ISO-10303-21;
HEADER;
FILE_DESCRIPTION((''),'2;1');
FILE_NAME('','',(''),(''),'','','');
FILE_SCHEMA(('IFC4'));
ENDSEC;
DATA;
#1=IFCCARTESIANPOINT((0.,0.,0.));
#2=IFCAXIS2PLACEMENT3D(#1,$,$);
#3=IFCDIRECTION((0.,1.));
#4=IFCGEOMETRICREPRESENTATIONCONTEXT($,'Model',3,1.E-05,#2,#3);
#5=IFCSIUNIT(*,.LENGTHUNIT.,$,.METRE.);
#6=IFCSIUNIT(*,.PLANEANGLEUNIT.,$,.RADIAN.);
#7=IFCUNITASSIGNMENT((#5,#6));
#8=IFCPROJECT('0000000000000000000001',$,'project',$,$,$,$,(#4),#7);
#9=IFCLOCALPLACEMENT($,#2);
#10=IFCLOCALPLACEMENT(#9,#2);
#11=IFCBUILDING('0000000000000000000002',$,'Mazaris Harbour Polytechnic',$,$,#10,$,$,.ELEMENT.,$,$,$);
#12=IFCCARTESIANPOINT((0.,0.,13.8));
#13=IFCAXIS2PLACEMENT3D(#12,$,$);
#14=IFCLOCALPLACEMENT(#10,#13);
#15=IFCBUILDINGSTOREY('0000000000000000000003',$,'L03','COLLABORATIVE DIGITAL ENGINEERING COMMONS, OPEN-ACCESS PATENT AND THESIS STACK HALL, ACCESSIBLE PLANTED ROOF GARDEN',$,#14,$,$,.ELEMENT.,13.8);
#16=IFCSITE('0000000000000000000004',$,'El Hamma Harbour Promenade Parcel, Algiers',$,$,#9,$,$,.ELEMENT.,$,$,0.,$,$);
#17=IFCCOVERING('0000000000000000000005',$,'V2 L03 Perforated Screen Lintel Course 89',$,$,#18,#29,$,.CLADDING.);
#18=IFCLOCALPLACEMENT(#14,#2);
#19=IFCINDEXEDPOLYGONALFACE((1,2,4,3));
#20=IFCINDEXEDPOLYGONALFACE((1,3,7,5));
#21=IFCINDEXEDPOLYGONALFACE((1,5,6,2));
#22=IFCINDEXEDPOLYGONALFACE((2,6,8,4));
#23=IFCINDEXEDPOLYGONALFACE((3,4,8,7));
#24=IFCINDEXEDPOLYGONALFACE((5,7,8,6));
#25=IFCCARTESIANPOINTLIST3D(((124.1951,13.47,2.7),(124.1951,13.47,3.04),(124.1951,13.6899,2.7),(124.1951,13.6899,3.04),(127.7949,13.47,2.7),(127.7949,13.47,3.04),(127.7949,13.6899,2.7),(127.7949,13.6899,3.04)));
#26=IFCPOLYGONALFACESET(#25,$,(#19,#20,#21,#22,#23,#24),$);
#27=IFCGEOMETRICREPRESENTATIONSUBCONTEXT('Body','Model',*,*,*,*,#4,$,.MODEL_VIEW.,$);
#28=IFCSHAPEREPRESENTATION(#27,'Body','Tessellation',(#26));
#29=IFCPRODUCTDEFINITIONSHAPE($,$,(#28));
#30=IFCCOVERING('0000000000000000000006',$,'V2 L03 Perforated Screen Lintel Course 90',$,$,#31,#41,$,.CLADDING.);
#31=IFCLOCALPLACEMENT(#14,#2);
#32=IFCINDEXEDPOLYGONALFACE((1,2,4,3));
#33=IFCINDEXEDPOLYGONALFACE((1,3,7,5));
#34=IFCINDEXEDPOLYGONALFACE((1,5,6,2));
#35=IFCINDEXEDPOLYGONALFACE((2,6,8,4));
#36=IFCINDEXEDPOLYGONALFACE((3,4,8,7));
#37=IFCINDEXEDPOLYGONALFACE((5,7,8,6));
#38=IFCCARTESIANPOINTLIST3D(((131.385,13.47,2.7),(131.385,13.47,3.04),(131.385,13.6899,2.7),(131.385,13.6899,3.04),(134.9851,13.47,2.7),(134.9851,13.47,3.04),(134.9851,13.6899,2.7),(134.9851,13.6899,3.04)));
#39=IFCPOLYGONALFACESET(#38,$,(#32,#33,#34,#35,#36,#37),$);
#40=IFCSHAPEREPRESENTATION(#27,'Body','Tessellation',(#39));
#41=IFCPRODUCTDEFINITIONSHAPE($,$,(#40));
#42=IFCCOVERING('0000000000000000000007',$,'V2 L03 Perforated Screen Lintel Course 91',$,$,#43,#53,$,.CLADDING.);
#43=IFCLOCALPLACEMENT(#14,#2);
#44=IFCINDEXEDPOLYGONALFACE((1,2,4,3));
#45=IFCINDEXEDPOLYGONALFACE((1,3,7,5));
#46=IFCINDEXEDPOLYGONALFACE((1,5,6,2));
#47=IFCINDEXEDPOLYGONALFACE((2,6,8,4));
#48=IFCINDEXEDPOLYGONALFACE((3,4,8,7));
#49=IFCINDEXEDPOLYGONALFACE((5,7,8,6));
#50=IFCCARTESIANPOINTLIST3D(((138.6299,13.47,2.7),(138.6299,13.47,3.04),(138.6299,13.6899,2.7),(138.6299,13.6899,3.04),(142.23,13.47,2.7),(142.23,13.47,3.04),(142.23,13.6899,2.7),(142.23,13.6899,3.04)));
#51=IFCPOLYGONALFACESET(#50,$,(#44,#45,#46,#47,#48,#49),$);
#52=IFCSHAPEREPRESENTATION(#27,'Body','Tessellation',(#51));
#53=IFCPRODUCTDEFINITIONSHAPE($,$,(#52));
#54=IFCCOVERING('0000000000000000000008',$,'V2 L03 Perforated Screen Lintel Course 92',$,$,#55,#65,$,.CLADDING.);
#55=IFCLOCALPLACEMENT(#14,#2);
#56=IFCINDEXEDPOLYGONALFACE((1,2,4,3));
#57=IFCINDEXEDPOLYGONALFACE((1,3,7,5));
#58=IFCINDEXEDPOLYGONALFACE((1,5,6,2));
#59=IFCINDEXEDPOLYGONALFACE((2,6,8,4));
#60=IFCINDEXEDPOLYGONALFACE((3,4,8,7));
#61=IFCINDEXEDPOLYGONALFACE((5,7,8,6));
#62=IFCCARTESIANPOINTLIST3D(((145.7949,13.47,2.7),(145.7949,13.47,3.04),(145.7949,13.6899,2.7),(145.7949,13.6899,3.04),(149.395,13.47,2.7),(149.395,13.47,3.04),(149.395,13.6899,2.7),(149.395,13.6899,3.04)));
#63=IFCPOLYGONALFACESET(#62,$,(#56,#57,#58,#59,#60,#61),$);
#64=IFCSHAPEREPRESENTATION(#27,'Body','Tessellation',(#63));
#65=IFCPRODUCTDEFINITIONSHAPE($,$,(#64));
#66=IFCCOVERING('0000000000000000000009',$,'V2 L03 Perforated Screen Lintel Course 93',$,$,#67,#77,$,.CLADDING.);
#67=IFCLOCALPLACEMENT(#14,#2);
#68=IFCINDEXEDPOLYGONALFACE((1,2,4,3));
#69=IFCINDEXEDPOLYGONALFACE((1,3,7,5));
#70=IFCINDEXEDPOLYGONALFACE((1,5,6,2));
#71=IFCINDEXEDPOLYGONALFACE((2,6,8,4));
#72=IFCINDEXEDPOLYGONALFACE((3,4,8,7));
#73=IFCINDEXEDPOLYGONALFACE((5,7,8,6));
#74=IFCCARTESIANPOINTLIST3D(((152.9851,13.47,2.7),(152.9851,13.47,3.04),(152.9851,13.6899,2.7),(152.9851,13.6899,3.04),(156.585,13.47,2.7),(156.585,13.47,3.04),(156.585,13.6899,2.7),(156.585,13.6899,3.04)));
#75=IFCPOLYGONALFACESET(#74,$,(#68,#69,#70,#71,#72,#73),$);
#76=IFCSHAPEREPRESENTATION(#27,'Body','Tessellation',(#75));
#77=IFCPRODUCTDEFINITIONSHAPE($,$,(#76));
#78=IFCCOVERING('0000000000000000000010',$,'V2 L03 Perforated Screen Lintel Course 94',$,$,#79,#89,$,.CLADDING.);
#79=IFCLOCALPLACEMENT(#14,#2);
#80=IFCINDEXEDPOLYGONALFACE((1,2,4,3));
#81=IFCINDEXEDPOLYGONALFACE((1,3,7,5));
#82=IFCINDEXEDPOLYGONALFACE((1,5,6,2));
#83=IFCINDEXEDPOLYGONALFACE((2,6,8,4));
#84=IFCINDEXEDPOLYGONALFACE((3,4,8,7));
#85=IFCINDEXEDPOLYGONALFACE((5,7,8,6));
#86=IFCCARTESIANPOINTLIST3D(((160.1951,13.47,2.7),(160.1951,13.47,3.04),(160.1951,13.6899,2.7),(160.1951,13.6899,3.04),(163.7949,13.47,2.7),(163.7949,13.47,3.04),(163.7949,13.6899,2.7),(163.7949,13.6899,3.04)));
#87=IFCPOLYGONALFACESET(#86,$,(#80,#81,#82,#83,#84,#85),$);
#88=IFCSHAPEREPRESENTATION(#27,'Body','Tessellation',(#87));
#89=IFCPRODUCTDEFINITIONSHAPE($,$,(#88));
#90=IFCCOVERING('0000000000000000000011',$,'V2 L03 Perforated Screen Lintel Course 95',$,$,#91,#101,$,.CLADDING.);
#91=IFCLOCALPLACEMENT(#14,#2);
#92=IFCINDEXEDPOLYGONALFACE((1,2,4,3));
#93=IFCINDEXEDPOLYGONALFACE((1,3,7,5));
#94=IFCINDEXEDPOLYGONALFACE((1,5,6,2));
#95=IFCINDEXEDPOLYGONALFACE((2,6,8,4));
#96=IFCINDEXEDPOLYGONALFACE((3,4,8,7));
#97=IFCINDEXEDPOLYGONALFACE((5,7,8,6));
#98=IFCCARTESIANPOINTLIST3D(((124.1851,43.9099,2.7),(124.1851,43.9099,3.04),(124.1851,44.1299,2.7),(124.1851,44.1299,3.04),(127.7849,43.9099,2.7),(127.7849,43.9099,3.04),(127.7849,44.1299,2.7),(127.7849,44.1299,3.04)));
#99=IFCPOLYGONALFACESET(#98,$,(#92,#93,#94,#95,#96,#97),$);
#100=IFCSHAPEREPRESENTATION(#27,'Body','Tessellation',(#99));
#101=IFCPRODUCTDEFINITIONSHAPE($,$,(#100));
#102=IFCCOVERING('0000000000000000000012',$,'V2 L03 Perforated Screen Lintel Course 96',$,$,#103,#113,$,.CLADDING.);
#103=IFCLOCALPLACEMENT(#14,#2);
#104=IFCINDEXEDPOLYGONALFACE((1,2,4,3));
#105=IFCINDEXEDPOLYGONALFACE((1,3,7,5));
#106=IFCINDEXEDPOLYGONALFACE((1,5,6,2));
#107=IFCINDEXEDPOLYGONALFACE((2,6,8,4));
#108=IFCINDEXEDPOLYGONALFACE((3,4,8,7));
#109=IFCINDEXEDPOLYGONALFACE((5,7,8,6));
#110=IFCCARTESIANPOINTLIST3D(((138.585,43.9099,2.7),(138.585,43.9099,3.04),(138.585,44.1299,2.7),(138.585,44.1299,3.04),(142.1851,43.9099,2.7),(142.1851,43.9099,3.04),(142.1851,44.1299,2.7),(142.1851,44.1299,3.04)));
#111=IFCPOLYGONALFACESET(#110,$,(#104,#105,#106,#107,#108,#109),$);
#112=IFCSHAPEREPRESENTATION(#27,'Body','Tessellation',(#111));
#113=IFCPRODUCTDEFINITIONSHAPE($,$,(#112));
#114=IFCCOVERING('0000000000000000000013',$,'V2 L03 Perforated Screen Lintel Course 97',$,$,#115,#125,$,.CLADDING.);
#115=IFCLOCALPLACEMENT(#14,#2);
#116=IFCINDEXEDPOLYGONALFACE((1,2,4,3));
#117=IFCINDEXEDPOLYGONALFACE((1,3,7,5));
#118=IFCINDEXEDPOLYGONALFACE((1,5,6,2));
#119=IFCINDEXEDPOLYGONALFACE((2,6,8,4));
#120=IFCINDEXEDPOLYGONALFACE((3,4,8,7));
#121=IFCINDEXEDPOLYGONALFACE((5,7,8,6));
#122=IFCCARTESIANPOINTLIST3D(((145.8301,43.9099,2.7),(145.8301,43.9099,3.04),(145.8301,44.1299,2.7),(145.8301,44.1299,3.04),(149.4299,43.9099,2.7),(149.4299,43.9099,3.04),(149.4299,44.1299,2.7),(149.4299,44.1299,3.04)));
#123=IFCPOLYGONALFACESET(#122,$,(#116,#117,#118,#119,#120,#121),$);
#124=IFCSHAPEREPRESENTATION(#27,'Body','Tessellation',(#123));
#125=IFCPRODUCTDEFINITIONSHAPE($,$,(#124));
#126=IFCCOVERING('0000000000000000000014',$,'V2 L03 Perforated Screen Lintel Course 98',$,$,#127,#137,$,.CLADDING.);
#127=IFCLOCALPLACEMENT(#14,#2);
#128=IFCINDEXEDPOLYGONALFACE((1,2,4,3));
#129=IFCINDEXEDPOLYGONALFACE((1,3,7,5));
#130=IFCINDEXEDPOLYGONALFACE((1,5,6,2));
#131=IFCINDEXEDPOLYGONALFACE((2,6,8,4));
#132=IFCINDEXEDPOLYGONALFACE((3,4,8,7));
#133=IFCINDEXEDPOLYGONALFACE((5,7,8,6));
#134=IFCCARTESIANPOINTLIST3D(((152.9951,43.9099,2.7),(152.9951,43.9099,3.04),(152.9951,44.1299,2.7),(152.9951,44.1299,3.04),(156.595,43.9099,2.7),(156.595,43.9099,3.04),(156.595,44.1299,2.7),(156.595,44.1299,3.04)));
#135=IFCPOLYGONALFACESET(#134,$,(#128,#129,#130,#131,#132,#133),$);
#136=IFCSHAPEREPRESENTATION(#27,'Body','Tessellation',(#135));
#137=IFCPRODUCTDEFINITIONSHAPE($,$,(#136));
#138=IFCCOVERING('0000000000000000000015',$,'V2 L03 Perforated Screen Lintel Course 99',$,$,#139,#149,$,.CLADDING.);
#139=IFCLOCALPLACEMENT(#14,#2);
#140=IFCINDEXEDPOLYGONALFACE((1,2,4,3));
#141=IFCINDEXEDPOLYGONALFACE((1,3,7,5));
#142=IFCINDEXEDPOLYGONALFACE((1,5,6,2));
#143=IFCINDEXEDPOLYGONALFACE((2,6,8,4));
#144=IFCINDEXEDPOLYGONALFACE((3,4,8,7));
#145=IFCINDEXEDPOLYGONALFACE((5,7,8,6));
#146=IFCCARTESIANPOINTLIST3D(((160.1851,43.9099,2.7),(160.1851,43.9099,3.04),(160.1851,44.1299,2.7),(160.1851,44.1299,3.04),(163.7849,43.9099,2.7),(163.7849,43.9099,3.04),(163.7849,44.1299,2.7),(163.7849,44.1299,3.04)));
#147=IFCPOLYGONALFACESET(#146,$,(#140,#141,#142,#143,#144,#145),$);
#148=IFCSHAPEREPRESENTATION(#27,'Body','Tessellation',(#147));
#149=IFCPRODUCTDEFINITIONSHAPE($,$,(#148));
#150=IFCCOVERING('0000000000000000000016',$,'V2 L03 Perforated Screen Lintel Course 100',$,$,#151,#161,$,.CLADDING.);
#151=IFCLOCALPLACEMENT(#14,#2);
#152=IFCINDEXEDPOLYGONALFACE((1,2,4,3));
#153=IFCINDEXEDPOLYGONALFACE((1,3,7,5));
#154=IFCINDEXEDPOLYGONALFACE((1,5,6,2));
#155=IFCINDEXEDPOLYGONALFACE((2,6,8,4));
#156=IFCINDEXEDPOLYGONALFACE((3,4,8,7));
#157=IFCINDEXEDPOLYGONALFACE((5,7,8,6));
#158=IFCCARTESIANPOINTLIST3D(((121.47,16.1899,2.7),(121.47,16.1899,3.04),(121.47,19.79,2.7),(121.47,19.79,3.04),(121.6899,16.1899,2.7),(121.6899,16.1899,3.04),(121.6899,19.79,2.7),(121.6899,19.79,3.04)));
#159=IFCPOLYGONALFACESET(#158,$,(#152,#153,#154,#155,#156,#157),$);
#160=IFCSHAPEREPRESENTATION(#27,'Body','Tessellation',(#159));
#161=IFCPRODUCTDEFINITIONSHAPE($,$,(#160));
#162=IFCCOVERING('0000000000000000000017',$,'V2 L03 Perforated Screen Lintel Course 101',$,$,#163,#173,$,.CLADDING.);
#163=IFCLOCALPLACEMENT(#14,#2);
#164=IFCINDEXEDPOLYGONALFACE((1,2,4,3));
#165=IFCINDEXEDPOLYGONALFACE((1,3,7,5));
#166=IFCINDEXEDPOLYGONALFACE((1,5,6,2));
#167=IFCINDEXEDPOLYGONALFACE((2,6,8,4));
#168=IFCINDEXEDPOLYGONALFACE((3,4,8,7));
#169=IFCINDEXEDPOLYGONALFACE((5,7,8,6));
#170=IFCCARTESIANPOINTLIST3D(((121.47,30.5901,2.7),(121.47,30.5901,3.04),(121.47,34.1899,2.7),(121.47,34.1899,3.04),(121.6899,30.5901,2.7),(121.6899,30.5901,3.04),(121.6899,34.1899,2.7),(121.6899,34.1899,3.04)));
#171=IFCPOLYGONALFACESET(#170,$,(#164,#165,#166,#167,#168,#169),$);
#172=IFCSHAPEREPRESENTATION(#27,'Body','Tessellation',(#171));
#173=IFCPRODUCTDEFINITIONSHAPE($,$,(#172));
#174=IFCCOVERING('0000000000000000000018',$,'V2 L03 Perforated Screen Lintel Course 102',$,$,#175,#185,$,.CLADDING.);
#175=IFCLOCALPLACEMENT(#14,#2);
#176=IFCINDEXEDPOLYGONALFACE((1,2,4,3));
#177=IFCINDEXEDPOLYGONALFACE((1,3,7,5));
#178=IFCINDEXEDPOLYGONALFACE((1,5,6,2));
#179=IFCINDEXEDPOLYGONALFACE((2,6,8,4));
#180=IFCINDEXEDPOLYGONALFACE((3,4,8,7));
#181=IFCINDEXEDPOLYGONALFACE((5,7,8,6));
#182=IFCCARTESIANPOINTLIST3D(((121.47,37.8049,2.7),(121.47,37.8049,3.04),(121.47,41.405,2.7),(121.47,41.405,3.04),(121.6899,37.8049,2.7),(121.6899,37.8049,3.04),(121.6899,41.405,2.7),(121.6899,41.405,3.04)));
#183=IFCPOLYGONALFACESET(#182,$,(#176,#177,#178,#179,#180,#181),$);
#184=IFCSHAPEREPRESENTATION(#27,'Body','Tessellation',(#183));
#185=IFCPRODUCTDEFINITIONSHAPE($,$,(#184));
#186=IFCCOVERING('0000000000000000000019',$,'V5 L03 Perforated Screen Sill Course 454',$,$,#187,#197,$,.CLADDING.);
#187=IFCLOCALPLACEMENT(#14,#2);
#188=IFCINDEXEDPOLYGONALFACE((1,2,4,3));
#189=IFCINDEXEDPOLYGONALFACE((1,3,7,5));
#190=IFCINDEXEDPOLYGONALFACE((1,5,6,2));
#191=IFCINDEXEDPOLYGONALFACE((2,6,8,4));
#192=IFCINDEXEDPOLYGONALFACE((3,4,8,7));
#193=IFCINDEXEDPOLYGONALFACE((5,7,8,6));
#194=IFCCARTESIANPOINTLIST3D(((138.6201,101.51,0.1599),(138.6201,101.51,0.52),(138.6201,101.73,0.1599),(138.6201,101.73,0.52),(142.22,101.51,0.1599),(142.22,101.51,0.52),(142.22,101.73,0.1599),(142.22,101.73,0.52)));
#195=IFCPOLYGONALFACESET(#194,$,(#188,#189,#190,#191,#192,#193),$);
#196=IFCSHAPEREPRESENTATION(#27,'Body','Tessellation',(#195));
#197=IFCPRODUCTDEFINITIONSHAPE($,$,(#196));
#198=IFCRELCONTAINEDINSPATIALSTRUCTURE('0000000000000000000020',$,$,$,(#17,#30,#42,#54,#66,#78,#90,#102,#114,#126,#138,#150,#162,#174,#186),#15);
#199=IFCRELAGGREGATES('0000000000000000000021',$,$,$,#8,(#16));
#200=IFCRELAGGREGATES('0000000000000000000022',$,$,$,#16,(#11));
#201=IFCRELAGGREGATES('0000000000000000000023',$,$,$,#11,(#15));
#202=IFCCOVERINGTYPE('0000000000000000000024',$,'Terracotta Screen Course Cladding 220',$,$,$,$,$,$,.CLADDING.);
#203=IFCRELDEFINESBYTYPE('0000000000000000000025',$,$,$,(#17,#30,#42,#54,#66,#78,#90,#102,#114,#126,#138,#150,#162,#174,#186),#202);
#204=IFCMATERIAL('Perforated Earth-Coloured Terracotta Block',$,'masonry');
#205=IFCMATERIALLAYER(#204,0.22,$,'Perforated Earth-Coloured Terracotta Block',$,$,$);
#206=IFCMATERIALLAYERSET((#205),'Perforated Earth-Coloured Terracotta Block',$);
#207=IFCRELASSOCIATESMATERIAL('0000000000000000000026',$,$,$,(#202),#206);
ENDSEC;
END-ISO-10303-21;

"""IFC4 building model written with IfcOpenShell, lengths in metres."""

from ifc_helpers import new_model, si_unit, direction, frame, origin, place, context, subcontext, project, spatial, polyline, outline, extrude, material, layer, layer_set, type_object, element, save


model = new_model("IFC4")

# Units and contexts
model_context = context("Model", 3, precision=1e-05, world=origin(), true_north=direction((0.0, 1.0)))
body_context = subcontext(model_context, "Body", "Model", "MODEL_VIEW")
ifc_project = project(units=[si_unit("LENGTHUNIT", "METRE"), si_unit("PLANEANGLEUNIT", "RADIAN")], contexts=[model_context])

# Site, building, storey
site_placement = place(None, origin())
site = spatial("IfcSite", under=ifc_project, at=site_placement, Name="El Hamma Harbour Promenade Parcel, Algiers", CompositionType="ELEMENT", RefElevation=0.0)
building_placement = place(site_placement, origin())
building = spatial("IfcBuilding", under=site, at=building_placement, Name="Mazaris Harbour Polytechnic", CompositionType="ELEMENT")
storey_placement = place(building_placement, frame((0.0, 0.0, 13.8)))
storey = spatial("IfcBuildingStorey", under=building, at=storey_placement, Name="L03", Description="COLLABORATIVE DIGITAL ENGINEERING COMMONS, OPEN-ACCESS PATENT AND THESIS STACK HALL, ACCESSIBLE PLANTED ROOF GARDEN", CompositionType="ELEMENT", Elevation=13.8)

# Coverings
ifc_material = material(Name="Perforated Earth-Coloured Terracotta Block", Category="masonry")
ifc_layer = layer(ifc_material, 0.22, Name="Perforated Earth-Coloured Terracotta Block")
ifc_layer_set = layer_set([ifc_layer], Name="Perforated Earth-Coloured Terracotta Block")
covering_type = type_object("IfcCoveringType", Name="Terracotta Screen Course Cladding 220", PredefinedType="CLADDING", material=ifc_layer_set)
covering_1_placement = place(storey_placement, frame((0.0, 0.0, 2.7)))
element("IfcCovering", 1, at=covering_1_placement, inside=storey, type_object=covering_type, Name="V2 L03 Perforated Screen Lintel Course 89", PredefinedType="CLADDING", context=body_context, shape_type="SweptSolid", body=[
    extrude(outline(polyline([(127.7949, 13.6899), (124.1951, 13.6899), (124.1951, 13.47), (127.7949, 13.47), (127.7949, 13.6899)])), origin(), (0.0, 0.0, 1.0), 0.3401),
])
covering_2_placement = place(storey_placement, frame((0.0, 0.0, 2.7)))
element("IfcCovering", 2, at=covering_2_placement, inside=storey, type_object=covering_type, Name="V2 L03 Perforated Screen Lintel Course 90", PredefinedType="CLADDING", context=body_context, shape_type="SweptSolid", body=[
    extrude(outline(polyline([(134.9851, 13.6899), (131.385, 13.6899), (131.385, 13.47), (134.9851, 13.47), (134.9851, 13.6899)])), origin(), (0.0, 0.0, 1.0), 0.3401),
])
covering_3_placement = place(storey_placement, frame((0.0, 0.0, 2.7)))
element("IfcCovering", 3, at=covering_3_placement, inside=storey, type_object=covering_type, Name="V2 L03 Perforated Screen Lintel Course 91", PredefinedType="CLADDING", context=body_context, shape_type="SweptSolid", body=[
    extrude(outline(polyline([(142.23, 13.6899), (138.6299, 13.6899), (138.6299, 13.47), (142.23, 13.47), (142.23, 13.6899)])), origin(), (0.0, 0.0, 1.0), 0.3401),
])
covering_4_placement = place(storey_placement, frame((0.0, 0.0, 2.7)))
element("IfcCovering", 4, at=covering_4_placement, inside=storey, type_object=covering_type, Name="V2 L03 Perforated Screen Lintel Course 92", PredefinedType="CLADDING", context=body_context, shape_type="SweptSolid", body=[
    extrude(outline(polyline([(149.395, 13.6899), (145.7949, 13.6899), (145.7949, 13.47), (149.395, 13.47), (149.395, 13.6899)])), origin(), (0.0, 0.0, 1.0), 0.3401),
])
covering_5_placement = place(storey_placement, frame((0.0, 0.0, 2.7)))
element("IfcCovering", 5, at=covering_5_placement, inside=storey, type_object=covering_type, Name="V2 L03 Perforated Screen Lintel Course 93", PredefinedType="CLADDING", context=body_context, shape_type="SweptSolid", body=[
    extrude(outline(polyline([(156.585, 13.6899), (152.9851, 13.6899), (152.9851, 13.47), (156.585, 13.47), (156.585, 13.6899)])), origin(), (0.0, 0.0, 1.0), 0.3401),
])
covering_6_placement = place(storey_placement, frame((0.0, 0.0, 2.7)))
element("IfcCovering", 6, at=covering_6_placement, inside=storey, type_object=covering_type, Name="V2 L03 Perforated Screen Lintel Course 94", PredefinedType="CLADDING", context=body_context, shape_type="SweptSolid", body=[
    extrude(outline(polyline([(163.7949, 13.6899), (160.1951, 13.6899), (160.1951, 13.47), (163.7949, 13.47), (163.7949, 13.6899)])), origin(), (0.0, 0.0, 1.0), 0.3401),
])
covering_7_placement = place(storey_placement, frame((0.0, 0.0, 2.7)))
element("IfcCovering", 7, at=covering_7_placement, inside=storey, type_object=covering_type, Name="V2 L03 Perforated Screen Lintel Course 95", PredefinedType="CLADDING", context=body_context, shape_type="SweptSolid", body=[
    extrude(outline(polyline([(124.1851, 43.9099), (127.7849, 43.9099), (127.7849, 44.1299), (124.1851, 44.1299), (124.1851, 43.9099)])), origin(), (0.0, 0.0, 1.0), 0.3401),
])
covering_8_placement = place(storey_placement, frame((0.0, 0.0, 2.7)))
element("IfcCovering", 8, at=covering_8_placement, inside=storey, type_object=covering_type, Name="V2 L03 Perforated Screen Lintel Course 96", PredefinedType="CLADDING", context=body_context, shape_type="SweptSolid", body=[
    extrude(outline(polyline([(138.585, 43.9099), (142.1851, 43.9099), (142.1851, 44.1299), (138.585, 44.1299), (138.585, 43.9099)])), origin(), (0.0, 0.0, 1.0), 0.3401),
])
covering_9_placement = place(storey_placement, frame((0.0, 0.0, 2.7)))
element("IfcCovering", 9, at=covering_9_placement, inside=storey, type_object=covering_type, Name="V2 L03 Perforated Screen Lintel Course 97", PredefinedType="CLADDING", context=body_context, shape_type="SweptSolid", body=[
    extrude(outline(polyline([(145.8301, 43.9099), (149.4299, 43.9099), (149.4299, 44.1299), (145.8301, 44.1299), (145.8301, 43.9099)])), origin(), (0.0, 0.0, 1.0), 0.3401),
])
covering_10_placement = place(storey_placement, frame((0.0, 0.0, 2.7)))
element("IfcCovering", 10, at=covering_10_placement, inside=storey, type_object=covering_type, Name="V2 L03 Perforated Screen Lintel Course 98", PredefinedType="CLADDING", context=body_context, shape_type="SweptSolid", body=[
    extrude(outline(polyline([(152.9951, 43.9099), (156.595, 43.9099), (156.595, 44.1299), (152.9951, 44.1299), (152.9951, 43.9099)])), origin(), (0.0, 0.0, 1.0), 0.3401),
])
covering_11_placement = place(storey_placement, frame((0.0, 0.0, 2.7)))
element("IfcCovering", 11, at=covering_11_placement, inside=storey, type_object=covering_type, Name="V2 L03 Perforated Screen Lintel Course 99", PredefinedType="CLADDING", context=body_context, shape_type="SweptSolid", body=[
    extrude(outline(polyline([(160.1851, 43.9099), (163.7849, 43.9099), (163.7849, 44.1299), (160.1851, 44.1299), (160.1851, 43.9099)])), origin(), (0.0, 0.0, 1.0), 0.3401),
])
covering_12_placement = place(storey_placement, frame((0.0, 0.0, 2.7)))
element("IfcCovering", 12, at=covering_12_placement, inside=storey, type_object=covering_type, Name="V2 L03 Perforated Screen Lintel Course 100", PredefinedType="CLADDING", context=body_context, shape_type="SweptSolid", body=[
    extrude(outline(polyline([(121.6899, 16.1899), (121.6899, 19.79), (121.47, 19.79), (121.47, 16.1899), (121.6899, 16.1899)])), origin(), (0.0, 0.0, 1.0), 0.3401),
])
covering_13_placement = place(storey_placement, frame((0.0, 0.0, 2.7)))
element("IfcCovering", 13, at=covering_13_placement, inside=storey, type_object=covering_type, Name="V2 L03 Perforated Screen Lintel Course 101", PredefinedType="CLADDING", context=body_context, shape_type="SweptSolid", body=[
    extrude(outline(polyline([(121.6899, 30.5901), (121.6899, 34.1899), (121.47, 34.1899), (121.47, 30.5901), (121.6899, 30.5901)])), origin(), (0.0, 0.0, 1.0), 0.3401),
])
covering_14_placement = place(storey_placement, frame((0.0, 0.0, 2.7)))
element("IfcCovering", 14, at=covering_14_placement, inside=storey, type_object=covering_type, Name="V2 L03 Perforated Screen Lintel Course 102", PredefinedType="CLADDING", context=body_context, shape_type="SweptSolid", body=[
    extrude(outline(polyline([(121.6899, 37.8049), (121.6899, 41.405), (121.47, 41.405), (121.47, 37.8049), (121.6899, 37.8049)])), origin(), (0.0, 0.0, 1.0), 0.3401),
])
covering_15_placement = place(storey_placement, frame((0.0, 0.0, 0.1599)))
element("IfcCovering", 15, at=covering_15_placement, inside=storey, type_object=covering_type, Name="V5 L03 Perforated Screen Sill Course 454", PredefinedType="CLADDING", context=body_context, shape_type="SweptSolid", body=[
    extrude(outline(polyline([(138.6201, 101.51), (142.22, 101.51), (142.22, 101.73), (138.6201, 101.73), (138.6201, 101.51)])), origin(), (0.0, 0.0, 1.0), 0.3601),
])

save(model, "model.ifc")
